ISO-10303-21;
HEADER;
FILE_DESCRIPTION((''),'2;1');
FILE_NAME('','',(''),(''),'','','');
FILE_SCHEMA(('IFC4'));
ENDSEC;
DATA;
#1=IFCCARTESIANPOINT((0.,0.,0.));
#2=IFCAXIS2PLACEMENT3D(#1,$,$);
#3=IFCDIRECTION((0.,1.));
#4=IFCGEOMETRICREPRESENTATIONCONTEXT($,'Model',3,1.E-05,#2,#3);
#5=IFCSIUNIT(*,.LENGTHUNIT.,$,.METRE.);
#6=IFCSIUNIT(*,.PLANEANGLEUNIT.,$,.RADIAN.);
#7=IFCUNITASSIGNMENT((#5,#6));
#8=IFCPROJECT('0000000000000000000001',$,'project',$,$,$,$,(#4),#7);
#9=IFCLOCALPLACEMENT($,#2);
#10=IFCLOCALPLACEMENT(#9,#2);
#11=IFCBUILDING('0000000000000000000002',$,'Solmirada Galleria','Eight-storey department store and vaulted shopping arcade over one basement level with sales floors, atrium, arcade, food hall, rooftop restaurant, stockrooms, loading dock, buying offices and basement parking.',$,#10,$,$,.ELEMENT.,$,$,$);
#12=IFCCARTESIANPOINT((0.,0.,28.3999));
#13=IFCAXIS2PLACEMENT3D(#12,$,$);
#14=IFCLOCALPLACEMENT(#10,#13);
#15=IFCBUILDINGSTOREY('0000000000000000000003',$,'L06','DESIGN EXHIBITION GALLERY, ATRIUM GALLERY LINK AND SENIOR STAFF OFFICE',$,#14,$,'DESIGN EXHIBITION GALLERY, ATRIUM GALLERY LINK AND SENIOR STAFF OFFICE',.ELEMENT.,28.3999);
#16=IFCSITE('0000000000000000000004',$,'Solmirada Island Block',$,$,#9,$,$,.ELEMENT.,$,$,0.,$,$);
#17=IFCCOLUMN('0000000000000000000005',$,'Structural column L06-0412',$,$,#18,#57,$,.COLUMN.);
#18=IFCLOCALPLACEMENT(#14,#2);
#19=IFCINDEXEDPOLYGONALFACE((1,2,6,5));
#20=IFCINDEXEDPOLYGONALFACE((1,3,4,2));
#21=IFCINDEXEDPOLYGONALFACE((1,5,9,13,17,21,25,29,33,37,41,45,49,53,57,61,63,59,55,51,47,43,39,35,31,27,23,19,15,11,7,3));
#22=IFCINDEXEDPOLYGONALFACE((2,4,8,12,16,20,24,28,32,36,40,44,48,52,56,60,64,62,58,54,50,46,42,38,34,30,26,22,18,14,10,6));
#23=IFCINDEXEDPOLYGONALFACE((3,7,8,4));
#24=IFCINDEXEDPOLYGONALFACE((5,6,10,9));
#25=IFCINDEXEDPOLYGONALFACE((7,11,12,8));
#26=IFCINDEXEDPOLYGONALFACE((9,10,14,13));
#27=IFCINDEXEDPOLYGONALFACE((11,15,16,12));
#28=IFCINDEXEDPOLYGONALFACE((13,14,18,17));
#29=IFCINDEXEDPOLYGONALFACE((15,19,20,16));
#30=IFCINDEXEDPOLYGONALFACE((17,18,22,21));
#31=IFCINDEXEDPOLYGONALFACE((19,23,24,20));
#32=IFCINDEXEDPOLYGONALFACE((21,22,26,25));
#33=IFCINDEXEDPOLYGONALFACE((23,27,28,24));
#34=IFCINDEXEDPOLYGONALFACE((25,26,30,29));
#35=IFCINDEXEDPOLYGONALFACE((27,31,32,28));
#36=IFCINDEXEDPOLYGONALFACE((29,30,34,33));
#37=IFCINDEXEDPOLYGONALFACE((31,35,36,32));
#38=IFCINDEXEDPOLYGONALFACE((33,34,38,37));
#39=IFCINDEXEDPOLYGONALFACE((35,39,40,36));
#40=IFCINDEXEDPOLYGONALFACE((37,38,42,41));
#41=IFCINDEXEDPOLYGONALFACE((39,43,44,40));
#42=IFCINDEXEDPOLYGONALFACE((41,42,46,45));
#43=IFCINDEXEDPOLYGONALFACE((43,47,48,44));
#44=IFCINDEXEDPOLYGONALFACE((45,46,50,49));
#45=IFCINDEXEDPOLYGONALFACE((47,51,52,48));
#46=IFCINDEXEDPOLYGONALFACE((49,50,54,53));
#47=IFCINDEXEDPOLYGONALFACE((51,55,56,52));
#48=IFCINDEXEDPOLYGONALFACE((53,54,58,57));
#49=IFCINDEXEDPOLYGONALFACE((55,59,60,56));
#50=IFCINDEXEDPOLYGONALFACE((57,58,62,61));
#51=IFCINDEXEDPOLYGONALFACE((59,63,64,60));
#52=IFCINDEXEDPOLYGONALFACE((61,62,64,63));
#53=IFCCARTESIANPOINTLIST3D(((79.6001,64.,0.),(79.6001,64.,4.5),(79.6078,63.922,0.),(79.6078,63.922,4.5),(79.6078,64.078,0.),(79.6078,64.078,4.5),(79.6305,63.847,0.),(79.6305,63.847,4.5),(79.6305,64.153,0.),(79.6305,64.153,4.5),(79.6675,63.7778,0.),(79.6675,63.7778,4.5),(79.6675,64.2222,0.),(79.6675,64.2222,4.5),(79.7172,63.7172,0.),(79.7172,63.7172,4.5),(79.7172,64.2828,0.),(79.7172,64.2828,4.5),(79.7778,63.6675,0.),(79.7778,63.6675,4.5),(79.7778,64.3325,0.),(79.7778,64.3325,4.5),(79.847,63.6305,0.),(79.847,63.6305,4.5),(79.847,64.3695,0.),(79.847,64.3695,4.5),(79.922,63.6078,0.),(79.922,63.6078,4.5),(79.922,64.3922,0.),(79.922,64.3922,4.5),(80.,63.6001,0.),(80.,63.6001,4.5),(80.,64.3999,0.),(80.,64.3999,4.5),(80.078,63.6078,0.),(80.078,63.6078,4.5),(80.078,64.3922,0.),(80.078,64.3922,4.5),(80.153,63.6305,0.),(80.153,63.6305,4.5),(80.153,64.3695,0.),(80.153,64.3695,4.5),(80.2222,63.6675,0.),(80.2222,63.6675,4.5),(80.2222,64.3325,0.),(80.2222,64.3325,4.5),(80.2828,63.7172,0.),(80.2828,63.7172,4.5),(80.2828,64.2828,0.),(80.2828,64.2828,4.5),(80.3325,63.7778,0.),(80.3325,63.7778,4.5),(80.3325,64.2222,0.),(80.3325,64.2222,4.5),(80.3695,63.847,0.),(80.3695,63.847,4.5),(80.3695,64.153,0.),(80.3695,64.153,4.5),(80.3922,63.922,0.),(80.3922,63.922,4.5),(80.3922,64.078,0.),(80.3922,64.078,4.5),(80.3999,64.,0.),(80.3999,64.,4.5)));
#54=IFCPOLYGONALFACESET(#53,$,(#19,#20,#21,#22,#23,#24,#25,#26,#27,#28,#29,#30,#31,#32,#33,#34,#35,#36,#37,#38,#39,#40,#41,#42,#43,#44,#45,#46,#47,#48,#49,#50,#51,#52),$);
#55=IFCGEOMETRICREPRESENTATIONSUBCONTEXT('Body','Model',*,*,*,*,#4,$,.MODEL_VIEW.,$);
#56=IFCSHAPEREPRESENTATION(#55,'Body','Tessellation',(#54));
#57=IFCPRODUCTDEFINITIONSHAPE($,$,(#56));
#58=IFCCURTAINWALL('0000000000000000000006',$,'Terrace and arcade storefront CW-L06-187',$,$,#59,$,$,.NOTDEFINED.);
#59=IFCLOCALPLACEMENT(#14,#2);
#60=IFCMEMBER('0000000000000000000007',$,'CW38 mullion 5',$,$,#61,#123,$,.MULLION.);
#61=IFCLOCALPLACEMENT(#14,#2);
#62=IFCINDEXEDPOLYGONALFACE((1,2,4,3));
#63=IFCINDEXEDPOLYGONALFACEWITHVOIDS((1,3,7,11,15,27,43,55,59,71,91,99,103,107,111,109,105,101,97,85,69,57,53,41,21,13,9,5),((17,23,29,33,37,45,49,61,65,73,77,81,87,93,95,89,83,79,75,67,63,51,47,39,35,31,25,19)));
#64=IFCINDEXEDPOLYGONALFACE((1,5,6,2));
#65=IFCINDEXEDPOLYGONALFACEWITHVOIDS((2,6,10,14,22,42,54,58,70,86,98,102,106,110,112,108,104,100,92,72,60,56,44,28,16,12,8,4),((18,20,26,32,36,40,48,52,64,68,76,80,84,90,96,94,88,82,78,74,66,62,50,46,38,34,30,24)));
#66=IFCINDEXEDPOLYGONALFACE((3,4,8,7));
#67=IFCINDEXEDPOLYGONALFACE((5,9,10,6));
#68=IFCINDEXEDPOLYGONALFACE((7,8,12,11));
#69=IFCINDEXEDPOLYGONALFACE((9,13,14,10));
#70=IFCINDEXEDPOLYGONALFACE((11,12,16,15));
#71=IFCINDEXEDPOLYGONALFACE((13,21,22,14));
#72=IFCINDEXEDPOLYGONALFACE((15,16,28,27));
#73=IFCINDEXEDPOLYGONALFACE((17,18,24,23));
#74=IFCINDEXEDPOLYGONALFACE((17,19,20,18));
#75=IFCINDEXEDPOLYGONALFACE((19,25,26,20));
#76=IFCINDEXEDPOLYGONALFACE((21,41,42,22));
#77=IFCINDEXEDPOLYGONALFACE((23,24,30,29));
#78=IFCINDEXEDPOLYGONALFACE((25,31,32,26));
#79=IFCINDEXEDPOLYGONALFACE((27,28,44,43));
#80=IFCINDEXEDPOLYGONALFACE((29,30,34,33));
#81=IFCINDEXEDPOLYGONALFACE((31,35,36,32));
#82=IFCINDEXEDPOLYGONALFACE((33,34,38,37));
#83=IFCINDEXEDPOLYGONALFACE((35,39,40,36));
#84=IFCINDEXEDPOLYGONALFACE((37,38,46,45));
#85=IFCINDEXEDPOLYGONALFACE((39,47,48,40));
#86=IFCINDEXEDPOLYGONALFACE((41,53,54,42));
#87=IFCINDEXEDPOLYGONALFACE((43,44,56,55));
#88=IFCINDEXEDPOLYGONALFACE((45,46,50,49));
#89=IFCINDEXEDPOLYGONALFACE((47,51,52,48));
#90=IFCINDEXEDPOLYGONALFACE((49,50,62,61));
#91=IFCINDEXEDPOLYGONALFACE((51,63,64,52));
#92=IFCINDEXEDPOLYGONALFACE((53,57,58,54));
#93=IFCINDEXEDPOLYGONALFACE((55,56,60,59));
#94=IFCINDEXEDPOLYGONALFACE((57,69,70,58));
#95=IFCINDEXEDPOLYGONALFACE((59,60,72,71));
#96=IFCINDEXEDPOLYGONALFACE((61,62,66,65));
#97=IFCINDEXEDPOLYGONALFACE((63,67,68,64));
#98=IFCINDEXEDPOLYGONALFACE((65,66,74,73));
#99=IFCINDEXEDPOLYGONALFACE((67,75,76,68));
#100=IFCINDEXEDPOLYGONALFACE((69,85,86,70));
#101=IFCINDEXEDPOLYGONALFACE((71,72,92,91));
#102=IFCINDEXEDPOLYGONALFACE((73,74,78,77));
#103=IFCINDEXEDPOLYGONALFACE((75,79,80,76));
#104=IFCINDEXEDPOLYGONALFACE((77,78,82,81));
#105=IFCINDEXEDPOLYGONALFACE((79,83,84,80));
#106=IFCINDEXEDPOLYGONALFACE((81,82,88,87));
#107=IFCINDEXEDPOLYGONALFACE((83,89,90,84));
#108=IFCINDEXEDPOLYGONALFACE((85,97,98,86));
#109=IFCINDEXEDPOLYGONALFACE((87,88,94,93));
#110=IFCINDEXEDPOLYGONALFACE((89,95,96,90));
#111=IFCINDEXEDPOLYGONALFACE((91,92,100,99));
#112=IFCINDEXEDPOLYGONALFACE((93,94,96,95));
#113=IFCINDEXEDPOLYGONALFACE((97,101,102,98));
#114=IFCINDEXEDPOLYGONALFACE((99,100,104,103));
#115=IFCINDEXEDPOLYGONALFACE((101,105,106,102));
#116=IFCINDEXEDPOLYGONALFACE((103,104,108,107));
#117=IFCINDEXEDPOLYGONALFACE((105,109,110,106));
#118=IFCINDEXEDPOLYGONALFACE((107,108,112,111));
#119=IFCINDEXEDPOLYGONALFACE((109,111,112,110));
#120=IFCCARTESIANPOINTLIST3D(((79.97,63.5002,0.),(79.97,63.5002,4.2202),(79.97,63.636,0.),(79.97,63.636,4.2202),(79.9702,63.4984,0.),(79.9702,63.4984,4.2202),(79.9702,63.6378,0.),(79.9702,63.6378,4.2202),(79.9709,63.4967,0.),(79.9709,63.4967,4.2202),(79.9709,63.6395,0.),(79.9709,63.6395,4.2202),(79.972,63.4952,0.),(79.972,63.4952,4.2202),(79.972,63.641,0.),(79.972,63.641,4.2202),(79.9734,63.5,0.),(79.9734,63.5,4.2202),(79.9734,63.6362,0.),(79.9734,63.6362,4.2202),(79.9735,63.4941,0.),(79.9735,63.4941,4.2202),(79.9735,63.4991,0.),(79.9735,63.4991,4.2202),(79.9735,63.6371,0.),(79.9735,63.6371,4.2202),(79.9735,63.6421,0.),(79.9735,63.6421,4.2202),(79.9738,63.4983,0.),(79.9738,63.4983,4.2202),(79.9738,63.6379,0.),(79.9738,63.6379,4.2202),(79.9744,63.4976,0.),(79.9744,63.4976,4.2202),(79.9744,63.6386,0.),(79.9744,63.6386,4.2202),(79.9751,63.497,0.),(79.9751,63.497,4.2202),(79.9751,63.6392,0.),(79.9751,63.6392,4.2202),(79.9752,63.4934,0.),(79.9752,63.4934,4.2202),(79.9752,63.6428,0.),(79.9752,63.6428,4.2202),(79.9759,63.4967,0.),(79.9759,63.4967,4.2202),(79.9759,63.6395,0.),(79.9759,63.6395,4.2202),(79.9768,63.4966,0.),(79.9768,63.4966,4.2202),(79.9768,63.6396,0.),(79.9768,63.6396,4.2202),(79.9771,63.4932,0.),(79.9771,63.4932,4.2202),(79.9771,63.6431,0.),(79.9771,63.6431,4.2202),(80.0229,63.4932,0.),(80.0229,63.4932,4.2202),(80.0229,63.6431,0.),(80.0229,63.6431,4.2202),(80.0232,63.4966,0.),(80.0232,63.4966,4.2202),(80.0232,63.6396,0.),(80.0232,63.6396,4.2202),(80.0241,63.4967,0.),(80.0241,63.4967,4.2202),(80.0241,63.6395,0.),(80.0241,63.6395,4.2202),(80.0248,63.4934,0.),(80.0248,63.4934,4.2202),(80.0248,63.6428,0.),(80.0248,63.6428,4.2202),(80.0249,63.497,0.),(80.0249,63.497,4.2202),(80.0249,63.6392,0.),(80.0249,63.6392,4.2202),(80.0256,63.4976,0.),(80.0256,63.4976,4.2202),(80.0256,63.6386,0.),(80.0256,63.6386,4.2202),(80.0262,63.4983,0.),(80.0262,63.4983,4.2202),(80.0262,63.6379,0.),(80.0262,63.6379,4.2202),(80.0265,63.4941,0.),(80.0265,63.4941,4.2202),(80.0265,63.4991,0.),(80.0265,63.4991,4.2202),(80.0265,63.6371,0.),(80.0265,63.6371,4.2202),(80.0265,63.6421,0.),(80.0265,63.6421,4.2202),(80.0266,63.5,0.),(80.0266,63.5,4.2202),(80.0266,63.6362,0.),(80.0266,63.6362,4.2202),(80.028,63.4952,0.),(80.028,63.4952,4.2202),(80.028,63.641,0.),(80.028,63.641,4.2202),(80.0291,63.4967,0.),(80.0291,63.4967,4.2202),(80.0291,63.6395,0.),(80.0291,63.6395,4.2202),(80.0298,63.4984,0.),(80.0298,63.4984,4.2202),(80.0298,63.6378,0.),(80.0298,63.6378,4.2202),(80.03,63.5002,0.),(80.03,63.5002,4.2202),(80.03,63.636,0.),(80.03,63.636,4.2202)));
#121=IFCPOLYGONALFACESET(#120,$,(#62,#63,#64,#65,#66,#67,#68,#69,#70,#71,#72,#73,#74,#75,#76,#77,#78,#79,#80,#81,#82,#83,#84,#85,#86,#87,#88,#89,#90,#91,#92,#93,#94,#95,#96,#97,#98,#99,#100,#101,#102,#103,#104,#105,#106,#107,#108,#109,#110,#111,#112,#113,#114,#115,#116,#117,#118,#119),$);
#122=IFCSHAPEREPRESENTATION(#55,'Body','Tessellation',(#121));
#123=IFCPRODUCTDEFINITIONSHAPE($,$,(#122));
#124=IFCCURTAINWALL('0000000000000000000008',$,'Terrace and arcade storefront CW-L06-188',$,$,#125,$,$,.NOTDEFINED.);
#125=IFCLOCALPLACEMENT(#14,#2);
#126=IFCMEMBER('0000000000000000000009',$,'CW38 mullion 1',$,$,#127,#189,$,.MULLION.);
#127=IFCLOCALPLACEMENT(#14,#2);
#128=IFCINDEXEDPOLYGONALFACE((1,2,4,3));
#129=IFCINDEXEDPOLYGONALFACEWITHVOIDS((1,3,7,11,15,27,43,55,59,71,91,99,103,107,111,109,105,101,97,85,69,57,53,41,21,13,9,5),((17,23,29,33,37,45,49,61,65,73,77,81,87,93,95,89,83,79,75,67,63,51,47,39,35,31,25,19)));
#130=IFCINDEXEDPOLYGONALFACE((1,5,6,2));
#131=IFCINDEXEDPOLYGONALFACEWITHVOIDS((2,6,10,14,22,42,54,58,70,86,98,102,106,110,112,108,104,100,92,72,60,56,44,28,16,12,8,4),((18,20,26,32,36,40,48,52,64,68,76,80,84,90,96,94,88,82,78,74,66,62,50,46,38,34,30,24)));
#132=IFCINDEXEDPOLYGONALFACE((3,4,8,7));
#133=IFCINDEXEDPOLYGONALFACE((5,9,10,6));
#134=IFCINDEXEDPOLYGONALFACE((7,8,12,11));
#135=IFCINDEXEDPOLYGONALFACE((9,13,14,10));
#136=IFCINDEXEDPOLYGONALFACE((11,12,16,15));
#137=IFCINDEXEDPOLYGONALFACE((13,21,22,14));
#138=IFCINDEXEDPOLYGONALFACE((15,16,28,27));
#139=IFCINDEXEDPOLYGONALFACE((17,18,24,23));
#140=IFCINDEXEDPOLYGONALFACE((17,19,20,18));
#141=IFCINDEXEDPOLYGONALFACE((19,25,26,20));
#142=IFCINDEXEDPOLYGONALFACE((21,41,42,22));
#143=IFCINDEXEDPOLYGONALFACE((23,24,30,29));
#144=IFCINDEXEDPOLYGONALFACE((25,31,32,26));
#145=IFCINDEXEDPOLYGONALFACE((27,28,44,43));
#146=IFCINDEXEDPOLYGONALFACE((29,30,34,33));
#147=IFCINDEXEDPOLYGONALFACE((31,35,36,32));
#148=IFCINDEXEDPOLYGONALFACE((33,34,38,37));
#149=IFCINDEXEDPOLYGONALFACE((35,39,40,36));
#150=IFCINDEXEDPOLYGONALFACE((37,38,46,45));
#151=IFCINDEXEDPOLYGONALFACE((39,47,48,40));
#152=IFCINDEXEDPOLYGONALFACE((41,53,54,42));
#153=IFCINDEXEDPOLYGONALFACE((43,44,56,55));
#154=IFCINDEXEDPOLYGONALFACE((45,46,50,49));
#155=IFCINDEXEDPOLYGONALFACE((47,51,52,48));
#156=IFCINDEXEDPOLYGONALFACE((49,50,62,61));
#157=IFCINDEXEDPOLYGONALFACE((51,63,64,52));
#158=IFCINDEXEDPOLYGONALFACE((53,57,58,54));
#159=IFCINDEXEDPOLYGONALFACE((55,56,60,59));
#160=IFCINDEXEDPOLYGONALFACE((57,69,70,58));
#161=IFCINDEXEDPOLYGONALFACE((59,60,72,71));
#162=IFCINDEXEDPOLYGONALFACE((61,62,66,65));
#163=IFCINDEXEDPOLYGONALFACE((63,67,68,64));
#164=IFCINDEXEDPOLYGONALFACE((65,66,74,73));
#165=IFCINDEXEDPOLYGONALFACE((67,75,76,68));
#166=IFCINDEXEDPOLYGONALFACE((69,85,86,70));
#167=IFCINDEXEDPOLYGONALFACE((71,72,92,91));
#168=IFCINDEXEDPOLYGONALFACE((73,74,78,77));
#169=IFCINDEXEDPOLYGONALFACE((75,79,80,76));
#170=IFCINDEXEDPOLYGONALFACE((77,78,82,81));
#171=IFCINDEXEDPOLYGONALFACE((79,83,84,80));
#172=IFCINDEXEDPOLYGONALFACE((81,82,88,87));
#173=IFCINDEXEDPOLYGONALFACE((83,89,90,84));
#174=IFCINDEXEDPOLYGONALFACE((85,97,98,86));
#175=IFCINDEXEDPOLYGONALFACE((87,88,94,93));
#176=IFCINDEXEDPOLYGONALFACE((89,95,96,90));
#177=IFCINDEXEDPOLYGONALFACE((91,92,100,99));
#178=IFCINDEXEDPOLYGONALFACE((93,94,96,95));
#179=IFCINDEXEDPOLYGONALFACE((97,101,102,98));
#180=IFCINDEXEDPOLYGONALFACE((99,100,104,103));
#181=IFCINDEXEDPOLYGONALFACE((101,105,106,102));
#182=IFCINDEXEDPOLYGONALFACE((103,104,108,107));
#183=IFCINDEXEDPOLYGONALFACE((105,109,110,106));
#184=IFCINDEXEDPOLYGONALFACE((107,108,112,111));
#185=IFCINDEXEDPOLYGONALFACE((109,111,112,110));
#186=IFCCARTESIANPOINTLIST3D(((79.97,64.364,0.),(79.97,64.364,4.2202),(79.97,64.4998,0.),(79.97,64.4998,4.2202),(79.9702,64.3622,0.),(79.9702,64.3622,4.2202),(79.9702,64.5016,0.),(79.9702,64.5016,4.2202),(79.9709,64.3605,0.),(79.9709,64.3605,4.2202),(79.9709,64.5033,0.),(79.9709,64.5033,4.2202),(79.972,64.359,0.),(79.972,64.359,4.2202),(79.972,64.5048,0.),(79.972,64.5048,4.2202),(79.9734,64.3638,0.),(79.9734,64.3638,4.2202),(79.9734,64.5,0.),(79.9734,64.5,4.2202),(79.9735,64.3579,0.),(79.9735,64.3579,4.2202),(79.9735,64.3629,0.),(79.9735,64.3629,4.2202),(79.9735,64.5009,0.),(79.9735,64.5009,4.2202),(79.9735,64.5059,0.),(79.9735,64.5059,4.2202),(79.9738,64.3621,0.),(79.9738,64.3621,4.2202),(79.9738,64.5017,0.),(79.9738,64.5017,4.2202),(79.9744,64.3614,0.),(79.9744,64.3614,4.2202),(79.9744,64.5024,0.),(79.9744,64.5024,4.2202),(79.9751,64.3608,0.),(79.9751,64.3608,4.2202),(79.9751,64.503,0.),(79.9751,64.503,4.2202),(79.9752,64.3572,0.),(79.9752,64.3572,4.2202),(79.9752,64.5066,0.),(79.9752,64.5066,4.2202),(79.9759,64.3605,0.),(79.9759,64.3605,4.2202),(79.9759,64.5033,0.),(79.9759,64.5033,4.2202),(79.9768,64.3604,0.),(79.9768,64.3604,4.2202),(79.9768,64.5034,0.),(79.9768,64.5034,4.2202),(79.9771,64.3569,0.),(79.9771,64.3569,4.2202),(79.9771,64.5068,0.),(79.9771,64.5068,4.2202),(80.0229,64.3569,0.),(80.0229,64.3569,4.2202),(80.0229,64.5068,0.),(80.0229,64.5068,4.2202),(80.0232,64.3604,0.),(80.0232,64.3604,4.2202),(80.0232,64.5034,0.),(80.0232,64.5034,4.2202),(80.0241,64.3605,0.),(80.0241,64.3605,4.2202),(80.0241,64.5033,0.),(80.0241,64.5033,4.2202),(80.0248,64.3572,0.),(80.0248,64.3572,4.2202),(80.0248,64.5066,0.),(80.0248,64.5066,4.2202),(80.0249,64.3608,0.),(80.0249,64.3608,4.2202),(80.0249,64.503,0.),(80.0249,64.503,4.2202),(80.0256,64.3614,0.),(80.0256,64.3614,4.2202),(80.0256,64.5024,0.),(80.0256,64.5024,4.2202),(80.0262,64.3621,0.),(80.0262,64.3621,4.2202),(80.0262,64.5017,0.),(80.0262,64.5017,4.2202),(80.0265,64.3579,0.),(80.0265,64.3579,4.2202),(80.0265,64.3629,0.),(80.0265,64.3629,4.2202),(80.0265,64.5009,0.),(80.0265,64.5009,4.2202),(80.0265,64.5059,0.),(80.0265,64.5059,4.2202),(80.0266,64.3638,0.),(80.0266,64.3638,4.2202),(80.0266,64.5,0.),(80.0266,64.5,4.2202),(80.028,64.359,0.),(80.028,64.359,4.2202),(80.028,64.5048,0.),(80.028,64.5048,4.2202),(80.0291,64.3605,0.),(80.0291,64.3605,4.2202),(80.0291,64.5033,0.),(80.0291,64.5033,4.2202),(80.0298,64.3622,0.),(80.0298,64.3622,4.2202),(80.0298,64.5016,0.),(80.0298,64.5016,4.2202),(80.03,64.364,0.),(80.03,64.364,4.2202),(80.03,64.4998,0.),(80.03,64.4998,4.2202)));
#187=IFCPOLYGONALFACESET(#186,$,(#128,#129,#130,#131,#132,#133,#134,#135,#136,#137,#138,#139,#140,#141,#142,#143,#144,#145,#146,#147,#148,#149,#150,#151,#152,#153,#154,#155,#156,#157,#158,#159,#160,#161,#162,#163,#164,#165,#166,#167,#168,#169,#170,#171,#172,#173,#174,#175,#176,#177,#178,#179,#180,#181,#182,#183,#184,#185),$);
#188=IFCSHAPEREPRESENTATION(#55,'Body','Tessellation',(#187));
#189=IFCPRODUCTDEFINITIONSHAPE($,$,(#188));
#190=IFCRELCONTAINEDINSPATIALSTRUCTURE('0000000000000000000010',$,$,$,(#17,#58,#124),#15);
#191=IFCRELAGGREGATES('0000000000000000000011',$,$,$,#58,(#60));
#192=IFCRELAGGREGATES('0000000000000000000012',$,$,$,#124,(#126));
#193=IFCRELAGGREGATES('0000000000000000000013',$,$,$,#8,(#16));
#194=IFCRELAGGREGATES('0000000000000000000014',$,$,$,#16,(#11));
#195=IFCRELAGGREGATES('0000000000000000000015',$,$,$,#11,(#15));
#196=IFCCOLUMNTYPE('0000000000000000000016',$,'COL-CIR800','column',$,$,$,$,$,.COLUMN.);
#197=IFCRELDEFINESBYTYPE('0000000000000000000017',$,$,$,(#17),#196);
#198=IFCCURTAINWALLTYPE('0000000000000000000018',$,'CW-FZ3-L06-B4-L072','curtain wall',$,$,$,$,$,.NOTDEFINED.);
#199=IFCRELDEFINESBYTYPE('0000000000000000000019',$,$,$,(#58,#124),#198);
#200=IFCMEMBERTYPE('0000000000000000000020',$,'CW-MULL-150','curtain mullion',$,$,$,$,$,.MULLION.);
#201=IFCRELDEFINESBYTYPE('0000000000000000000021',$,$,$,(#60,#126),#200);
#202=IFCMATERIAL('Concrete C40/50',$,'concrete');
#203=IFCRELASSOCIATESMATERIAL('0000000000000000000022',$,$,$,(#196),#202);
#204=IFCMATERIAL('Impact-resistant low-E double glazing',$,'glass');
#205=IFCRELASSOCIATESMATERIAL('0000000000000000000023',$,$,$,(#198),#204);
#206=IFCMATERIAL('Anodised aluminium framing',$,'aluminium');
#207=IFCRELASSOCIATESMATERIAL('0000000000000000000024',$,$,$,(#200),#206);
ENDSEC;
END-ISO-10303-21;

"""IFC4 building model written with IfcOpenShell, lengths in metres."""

from ifc_helpers import new_model, si_unit, direction, frame, origin, origin_2d, place, context, subcontext, project, spatial, hollow_rectangle, circle, extrude, material, material_profile, profile_set, type_object, element, aggregate, save


model = new_model("IFC4")

# Units and contexts
model_context = context("Model", 3, precision=1e-05, world=origin(), true_north=direction((0.0, 1.0)))
body_context = subcontext(model_context, "Body", "Model", "MODEL_VIEW")
ifc_project = project(units=[si_unit("LENGTHUNIT", "METRE"), si_unit("PLANEANGLEUNIT", "RADIAN")], contexts=[model_context])

# Site, building, storey
site_placement = place(None, origin())
site = spatial("IfcSite", under=ifc_project, at=site_placement, Name="Solmirada Island Block", CompositionType="ELEMENT", RefElevation=0.0)
building_placement = place(site_placement, origin())
building = spatial("IfcBuilding", under=site, at=building_placement, Name="Solmirada Galleria", Description="Eight-storey department store and vaulted shopping arcade over one basement level with sales floors, atrium, arcade, food hall, rooftop restaurant, stockrooms, loading dock, buying offices and basement parking.", CompositionType="ELEMENT")
storey_placement = place(building_placement, frame((0.0, 0.0, 28.3999)))
storey = spatial("IfcBuildingStorey", under=building, at=storey_placement, Name="L06", Description="DESIGN EXHIBITION GALLERY, ATRIUM GALLERY LINK AND SENIOR STAFF OFFICE", LongName="DESIGN EXHIBITION GALLERY, ATRIUM GALLERY LINK AND SENIOR STAFF OFFICE", CompositionType="ELEMENT", Elevation=28.3999)

# Column
ifc_material_1 = material(Name="Concrete C40/50", Category="concrete")
ifc_material_profile_1 = material_profile(ifc_material_1, circle(Radius=0.3999, at=origin_2d()), Name="RCCOL800")
ifc_profile_set_1 = profile_set([ifc_material_profile_1], Name="Concrete C40/50")
column_type = type_object("IfcColumnType", Name="COL-CIR800", Description="column", PredefinedType="COLUMN", material=ifc_profile_set_1)
column_placement = place(storey_placement, frame((80.0, 64.0, 0.0), z_axis=(0.0, 0.0, 1.0), x_axis=(1.0, 0.0, 0.0)))
element("IfcColumn", 1, at=column_placement, inside=storey, type_object=column_type, Name="Structural column L06-0412", PredefinedType="COLUMN", context=body_context, shape_type="SweptSolid", body=[
    extrude(circle(Radius=0.3999, at=origin_2d()), origin(), (0.0, 0.0, 1.0), 4.5),
])

# Curtain wall, member
ifc_material_2 = material(Name="Impact-resistant low-E double glazing", Category="glass")
curtain_wall_type = type_object("IfcCurtainWallType", Name="CW-FZ3-L06-B4-L072", Description="curtain wall", PredefinedType="NOTDEFINED", material=ifc_material_2)
curtain_wall_1_placement = place(storey_placement, origin())
curtain_wall_1 = element("IfcCurtainWall", 2, at=curtain_wall_1_placement, inside=storey, type_object=curtain_wall_type, Name="Terrace and arcade storefront CW-L06-187", PredefinedType="NOTDEFINED")
ifc_material_3 = material(Name="Anodised aluminium framing", Category="aluminium")
ifc_material_profile_2 = material_profile(ifc_material_3, hollow_rectangle(XDim=0.0601, YDim=0.1499, WallThickness=0.0034, InnerFilletRadius=0.0034, OuterFilletRadius=0.0071, at=origin_2d()), Name="ALU-MULL-150X60")
ifc_profile_set_2 = profile_set([ifc_material_profile_2], Name="Anodised aluminium framing")
member_type_1 = type_object("IfcMemberType", Name="CW-MULL-150", Description="curtain mullion", PredefinedType="MULLION", material=ifc_profile_set_2)
member_1_placement = place(storey_placement, frame((80.0, 63.5681, 0.0), z_axis=(0.0, 0.0, 1.0), x_axis=(-1.0, 0.0, 0.0)))
member_1 = element("IfcMember", 3, at=member_1_placement, type_object=member_type_1, Name="CW38 mullion 5", PredefinedType="MULLION", context=body_context, shape_type="SweptSolid", body=[
    extrude(hollow_rectangle(XDim=0.0601, YDim=0.1499, WallThickness=0.0034, InnerFilletRadius=0.0034, OuterFilletRadius=0.0071, at=origin_2d()), origin(), (0.0, 0.0, 1.0), 4.2202),
])

# Curtain wall, member
curtain_wall_2_placement = place(storey_placement, origin())
curtain_wall_2 = element("IfcCurtainWall", 4, at=curtain_wall_2_placement, inside=storey, type_object=curtain_wall_type, Name="Terrace and arcade storefront CW-L06-188", PredefinedType="NOTDEFINED")
member_2_placement = place(storey_placement, frame((80.0, 64.4319, 0.0), z_axis=(0.0, 0.0, 1.0), x_axis=(-1.0, 0.0, 0.0)))
member_2 = element("IfcMember", 5, at=member_2_placement, type_object=member_type_1, Name="CW38 mullion 1", PredefinedType="MULLION", context=body_context, shape_type="SweptSolid", body=[
    extrude(hollow_rectangle(XDim=0.0601, YDim=0.1499, WallThickness=0.0034, InnerFilletRadius=0.0034, OuterFilletRadius=0.0071, at=origin_2d()), origin(), (0.0, 0.0, 1.0), 4.2202),
])

aggregate(curtain_wall_1, [member_1])
aggregate(curtain_wall_2, [member_2])

save(model, "model.ifc")
